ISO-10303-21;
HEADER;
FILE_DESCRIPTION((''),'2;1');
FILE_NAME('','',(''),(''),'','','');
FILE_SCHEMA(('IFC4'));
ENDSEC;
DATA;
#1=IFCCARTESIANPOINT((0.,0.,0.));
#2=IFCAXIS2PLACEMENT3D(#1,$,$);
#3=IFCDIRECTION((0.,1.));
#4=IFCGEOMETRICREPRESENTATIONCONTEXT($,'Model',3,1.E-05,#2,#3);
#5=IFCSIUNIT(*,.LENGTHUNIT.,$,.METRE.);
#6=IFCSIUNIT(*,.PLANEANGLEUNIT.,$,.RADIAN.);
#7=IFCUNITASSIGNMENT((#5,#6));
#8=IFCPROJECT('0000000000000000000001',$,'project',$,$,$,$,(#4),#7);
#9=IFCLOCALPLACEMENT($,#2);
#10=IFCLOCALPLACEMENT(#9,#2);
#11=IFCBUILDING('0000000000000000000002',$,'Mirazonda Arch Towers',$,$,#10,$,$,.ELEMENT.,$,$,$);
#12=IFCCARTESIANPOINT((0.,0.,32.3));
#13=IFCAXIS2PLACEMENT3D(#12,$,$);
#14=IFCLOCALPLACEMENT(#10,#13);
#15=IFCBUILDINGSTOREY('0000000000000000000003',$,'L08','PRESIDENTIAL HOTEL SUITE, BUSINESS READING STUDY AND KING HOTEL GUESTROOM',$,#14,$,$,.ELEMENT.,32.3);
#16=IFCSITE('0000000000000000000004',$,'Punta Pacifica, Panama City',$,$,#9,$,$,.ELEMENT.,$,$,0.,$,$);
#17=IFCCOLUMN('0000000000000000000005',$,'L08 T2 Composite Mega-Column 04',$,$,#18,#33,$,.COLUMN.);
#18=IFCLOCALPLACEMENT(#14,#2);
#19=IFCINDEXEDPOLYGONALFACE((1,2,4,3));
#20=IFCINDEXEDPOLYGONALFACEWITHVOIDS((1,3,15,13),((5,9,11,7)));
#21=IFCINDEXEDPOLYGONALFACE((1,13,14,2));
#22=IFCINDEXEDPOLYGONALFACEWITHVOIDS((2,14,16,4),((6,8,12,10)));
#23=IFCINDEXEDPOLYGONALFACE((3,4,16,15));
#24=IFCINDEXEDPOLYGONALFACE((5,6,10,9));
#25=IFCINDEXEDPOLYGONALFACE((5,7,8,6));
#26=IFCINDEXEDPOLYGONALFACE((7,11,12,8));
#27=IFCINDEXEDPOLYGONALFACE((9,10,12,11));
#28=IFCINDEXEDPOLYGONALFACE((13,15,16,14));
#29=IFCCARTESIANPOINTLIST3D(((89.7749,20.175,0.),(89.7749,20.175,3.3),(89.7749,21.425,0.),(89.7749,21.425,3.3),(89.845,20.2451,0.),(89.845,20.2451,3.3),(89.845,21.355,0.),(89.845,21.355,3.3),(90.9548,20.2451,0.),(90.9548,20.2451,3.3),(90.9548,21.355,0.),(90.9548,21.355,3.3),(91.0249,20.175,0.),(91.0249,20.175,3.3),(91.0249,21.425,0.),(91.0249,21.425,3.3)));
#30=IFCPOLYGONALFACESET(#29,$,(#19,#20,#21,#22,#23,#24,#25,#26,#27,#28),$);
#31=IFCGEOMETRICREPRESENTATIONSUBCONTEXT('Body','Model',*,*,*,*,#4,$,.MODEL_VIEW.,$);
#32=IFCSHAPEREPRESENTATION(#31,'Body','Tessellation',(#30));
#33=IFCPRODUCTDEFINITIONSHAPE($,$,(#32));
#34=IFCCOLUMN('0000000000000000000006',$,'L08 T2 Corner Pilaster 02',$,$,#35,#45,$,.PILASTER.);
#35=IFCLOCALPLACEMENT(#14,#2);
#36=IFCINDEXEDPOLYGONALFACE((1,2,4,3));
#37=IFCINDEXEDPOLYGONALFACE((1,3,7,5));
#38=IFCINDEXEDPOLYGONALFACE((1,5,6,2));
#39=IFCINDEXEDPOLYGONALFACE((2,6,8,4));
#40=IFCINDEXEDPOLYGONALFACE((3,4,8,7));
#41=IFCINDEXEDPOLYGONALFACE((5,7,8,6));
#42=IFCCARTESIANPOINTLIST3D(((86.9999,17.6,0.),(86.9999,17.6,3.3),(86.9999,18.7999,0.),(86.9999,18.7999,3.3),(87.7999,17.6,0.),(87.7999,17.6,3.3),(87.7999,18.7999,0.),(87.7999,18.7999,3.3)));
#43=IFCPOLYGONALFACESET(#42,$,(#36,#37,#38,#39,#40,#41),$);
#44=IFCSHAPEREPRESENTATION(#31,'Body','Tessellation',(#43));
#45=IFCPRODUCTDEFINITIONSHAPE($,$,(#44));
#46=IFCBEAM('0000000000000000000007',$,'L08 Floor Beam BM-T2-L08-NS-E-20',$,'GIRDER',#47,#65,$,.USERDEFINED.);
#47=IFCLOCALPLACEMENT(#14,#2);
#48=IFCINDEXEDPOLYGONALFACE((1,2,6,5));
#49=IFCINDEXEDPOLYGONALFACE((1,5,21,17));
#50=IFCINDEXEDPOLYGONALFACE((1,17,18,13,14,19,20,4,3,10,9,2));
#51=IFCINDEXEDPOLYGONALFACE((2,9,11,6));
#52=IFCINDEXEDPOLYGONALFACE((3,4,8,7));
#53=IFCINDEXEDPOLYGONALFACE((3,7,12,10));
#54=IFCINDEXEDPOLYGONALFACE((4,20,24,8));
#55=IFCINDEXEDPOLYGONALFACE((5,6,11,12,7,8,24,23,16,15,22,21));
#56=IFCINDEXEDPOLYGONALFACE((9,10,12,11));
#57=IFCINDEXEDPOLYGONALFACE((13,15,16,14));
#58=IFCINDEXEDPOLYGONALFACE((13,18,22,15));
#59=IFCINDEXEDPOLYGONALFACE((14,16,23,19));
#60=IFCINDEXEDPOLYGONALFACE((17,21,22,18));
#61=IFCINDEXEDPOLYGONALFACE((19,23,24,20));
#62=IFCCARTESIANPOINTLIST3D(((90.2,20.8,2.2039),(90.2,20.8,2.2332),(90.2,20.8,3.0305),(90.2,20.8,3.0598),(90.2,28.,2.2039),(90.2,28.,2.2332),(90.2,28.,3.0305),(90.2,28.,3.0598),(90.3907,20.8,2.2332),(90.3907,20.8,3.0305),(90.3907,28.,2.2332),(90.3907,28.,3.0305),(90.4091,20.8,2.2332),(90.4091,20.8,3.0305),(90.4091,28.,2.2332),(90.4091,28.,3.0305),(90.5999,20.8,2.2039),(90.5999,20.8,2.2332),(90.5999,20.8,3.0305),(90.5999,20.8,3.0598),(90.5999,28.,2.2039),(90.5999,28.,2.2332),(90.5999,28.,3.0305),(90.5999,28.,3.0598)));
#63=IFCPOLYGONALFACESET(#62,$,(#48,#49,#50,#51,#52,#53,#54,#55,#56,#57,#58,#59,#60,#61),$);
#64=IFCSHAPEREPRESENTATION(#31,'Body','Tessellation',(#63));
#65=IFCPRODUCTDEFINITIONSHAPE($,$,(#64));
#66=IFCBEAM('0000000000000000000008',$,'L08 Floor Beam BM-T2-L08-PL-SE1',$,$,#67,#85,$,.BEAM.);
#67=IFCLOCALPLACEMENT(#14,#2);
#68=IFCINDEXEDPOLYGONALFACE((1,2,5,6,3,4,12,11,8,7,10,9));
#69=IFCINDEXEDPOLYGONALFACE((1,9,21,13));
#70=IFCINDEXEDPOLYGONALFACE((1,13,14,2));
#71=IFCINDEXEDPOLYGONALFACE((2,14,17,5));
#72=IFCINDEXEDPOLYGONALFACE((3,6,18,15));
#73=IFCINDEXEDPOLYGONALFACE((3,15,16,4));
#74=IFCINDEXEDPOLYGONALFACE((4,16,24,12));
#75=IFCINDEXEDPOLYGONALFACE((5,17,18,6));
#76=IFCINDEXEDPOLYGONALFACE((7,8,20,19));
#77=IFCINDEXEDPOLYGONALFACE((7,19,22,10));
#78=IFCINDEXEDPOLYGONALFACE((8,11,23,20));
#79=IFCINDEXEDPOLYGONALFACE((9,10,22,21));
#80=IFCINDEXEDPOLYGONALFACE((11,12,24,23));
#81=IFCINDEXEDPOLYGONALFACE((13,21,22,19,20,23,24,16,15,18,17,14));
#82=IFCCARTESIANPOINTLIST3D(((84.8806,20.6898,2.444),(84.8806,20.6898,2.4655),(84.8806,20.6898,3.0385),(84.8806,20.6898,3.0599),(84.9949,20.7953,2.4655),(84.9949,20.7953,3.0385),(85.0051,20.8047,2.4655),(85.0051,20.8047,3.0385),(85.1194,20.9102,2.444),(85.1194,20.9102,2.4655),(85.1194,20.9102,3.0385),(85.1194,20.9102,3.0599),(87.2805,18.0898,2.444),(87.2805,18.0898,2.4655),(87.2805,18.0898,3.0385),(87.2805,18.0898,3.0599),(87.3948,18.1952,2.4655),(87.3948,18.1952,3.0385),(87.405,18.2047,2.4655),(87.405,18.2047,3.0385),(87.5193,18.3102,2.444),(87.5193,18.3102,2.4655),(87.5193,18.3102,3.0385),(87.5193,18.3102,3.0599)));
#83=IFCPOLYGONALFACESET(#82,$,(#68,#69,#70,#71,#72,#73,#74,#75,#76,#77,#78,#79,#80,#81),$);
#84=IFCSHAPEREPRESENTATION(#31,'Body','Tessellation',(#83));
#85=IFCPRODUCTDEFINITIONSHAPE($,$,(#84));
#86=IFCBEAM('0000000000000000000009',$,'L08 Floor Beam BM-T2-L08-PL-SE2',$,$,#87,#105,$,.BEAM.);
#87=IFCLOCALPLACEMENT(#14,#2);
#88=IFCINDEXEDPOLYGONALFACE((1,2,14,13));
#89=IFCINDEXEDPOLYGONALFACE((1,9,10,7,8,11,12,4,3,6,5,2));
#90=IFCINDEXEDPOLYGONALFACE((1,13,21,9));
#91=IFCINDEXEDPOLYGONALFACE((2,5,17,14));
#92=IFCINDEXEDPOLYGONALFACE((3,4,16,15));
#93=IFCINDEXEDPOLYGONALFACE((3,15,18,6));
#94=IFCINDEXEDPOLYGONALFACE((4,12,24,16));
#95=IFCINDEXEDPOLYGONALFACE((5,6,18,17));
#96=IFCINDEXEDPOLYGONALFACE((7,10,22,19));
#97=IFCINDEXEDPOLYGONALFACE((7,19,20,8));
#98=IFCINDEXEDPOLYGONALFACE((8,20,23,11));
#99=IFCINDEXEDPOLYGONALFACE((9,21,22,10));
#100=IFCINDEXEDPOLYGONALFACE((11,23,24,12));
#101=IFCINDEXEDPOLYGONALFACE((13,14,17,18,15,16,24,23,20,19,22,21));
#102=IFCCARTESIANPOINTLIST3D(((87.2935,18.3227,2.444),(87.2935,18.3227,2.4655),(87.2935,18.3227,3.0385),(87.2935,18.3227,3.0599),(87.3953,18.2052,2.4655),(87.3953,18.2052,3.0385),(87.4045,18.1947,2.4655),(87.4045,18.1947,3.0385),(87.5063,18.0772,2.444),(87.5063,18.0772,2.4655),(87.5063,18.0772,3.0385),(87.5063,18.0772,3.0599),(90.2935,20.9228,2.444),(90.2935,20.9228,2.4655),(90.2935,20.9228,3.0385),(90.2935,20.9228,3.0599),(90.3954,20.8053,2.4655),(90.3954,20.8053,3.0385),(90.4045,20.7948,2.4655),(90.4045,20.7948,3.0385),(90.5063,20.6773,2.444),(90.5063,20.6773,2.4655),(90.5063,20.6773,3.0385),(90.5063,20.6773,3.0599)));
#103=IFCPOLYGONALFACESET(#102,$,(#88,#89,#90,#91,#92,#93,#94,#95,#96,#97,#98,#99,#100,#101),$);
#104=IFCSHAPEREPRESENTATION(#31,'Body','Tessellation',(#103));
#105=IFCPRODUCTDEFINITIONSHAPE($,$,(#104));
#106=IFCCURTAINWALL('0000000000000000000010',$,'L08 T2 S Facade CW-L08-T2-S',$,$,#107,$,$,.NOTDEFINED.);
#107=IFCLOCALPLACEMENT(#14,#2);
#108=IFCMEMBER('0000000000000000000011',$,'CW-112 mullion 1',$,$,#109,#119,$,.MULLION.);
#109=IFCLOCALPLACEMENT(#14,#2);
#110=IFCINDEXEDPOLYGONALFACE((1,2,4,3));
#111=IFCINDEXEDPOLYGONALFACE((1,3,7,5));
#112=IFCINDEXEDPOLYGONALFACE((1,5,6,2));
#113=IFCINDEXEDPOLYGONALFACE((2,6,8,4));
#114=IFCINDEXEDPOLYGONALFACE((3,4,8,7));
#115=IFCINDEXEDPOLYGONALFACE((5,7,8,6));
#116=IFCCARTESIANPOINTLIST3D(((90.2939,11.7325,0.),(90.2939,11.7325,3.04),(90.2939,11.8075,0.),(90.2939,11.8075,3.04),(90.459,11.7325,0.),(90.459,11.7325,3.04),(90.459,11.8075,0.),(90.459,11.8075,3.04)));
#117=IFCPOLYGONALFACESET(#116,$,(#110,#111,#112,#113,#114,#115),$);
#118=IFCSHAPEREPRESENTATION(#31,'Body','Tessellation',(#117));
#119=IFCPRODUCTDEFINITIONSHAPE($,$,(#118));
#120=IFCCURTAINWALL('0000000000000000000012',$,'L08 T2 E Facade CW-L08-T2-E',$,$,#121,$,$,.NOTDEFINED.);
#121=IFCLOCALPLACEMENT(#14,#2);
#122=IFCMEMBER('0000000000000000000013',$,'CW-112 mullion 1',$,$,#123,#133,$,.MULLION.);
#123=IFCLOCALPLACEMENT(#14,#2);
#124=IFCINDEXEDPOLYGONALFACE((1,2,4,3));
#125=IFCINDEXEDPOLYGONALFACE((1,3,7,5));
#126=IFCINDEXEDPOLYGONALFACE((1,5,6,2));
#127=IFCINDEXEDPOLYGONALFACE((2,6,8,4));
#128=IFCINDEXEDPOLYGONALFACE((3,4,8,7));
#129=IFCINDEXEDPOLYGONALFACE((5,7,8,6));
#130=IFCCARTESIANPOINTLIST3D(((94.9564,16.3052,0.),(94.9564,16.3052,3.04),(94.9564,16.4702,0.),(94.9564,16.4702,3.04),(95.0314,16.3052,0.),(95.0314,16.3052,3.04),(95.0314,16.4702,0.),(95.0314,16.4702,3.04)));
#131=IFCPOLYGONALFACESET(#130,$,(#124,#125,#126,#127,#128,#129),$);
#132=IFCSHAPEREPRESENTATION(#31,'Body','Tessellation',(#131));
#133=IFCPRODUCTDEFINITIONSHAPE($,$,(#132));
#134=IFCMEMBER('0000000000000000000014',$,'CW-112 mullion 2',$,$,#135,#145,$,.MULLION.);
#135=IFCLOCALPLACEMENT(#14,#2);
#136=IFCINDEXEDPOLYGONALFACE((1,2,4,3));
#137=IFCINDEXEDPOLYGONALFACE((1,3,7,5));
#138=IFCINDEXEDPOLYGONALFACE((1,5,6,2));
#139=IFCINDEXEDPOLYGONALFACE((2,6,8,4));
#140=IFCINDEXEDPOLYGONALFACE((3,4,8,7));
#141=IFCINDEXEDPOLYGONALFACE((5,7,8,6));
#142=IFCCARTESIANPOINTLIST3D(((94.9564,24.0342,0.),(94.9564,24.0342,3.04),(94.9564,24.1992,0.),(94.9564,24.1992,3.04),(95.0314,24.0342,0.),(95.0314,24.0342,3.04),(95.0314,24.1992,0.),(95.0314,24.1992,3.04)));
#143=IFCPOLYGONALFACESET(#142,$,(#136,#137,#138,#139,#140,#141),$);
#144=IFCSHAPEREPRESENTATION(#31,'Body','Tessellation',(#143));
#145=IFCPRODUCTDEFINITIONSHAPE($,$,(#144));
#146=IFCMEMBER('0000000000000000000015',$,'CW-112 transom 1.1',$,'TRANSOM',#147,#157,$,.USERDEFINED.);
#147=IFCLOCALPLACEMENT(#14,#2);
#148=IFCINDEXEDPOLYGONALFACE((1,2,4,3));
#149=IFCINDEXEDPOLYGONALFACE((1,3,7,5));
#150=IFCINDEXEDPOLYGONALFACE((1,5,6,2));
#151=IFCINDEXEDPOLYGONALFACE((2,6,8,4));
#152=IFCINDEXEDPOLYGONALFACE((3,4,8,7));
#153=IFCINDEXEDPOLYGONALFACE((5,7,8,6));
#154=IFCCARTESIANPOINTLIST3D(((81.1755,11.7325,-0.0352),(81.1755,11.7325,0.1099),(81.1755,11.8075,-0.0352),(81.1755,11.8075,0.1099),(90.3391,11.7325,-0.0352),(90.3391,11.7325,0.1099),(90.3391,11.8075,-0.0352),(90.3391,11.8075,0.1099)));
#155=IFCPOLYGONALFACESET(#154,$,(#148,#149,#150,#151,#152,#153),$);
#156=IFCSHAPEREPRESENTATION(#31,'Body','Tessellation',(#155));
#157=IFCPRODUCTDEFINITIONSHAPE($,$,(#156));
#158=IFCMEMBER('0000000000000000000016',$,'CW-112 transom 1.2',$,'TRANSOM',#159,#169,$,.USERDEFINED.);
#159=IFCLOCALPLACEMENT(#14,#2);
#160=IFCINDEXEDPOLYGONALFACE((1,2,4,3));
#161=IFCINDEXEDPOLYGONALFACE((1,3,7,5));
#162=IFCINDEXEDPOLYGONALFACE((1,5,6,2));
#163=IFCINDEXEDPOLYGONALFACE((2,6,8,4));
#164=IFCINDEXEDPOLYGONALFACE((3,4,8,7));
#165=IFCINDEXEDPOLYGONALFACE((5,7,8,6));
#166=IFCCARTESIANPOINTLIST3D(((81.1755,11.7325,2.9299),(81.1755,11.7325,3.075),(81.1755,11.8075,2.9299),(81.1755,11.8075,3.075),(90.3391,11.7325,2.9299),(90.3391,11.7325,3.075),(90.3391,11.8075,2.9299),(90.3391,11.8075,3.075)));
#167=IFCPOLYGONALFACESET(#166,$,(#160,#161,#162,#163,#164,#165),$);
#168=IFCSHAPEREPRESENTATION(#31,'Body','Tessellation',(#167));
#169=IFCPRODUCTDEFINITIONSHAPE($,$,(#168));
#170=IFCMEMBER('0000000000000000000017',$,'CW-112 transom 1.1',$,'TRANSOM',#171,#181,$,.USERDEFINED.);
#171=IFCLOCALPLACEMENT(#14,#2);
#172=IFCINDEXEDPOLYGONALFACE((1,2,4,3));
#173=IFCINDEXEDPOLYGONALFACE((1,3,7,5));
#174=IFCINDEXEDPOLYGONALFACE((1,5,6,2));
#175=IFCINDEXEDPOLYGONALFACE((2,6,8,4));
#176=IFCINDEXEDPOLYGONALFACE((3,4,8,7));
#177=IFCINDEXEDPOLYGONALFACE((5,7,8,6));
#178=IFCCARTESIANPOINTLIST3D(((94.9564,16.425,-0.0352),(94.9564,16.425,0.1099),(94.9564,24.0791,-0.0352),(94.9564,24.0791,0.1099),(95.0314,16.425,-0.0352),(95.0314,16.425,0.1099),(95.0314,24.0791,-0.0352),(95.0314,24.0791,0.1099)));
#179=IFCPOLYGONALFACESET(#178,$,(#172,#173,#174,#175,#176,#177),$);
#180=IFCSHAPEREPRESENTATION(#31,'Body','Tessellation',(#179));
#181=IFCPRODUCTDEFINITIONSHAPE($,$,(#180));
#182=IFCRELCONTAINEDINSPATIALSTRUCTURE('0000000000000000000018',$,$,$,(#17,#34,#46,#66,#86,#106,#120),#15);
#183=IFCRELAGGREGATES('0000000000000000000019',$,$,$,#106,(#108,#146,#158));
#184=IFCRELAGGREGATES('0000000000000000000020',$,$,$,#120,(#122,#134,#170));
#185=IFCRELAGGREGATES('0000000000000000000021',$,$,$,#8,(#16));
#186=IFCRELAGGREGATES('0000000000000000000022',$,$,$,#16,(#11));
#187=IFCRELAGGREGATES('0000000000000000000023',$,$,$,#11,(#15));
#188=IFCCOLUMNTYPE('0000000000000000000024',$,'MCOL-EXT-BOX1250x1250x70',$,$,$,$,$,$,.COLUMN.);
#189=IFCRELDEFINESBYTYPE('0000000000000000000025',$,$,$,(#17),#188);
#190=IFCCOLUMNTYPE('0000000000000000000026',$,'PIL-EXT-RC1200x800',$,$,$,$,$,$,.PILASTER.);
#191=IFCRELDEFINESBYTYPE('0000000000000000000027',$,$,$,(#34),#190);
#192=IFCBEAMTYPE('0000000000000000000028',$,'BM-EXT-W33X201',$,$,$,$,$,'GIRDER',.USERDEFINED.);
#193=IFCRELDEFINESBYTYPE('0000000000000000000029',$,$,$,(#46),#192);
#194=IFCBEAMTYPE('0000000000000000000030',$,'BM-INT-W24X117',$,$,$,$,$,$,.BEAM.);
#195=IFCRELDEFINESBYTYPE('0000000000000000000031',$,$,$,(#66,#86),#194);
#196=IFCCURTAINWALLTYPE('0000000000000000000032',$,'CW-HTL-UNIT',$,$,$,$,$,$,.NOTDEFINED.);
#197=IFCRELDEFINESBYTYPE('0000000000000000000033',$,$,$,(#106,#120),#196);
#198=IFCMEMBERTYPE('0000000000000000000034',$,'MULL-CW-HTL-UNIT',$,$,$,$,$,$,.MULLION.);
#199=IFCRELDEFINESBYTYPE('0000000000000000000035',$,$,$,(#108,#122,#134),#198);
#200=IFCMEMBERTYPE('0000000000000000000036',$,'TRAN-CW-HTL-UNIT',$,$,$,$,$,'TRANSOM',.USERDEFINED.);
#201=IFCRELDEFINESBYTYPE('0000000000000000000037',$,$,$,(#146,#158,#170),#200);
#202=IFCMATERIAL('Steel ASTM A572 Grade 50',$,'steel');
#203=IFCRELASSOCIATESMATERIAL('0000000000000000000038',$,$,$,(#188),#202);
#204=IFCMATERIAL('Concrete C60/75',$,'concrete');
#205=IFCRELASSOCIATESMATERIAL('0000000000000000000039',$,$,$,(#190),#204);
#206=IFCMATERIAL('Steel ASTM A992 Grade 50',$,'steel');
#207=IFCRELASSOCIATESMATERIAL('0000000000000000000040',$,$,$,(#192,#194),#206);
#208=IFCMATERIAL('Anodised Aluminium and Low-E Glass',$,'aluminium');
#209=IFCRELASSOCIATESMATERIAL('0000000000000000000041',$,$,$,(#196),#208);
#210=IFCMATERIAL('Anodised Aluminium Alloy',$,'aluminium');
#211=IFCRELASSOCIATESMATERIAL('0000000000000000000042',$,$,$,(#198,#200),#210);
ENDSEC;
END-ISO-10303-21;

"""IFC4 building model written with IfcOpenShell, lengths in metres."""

from ifc_helpers import new_model, si_unit, direction, frame, origin, origin_2d, place, context, subcontext, project, spatial, rectangle, hollow_rectangle, i_section, extrude, material, material_profile, profile_set, type_object, element, aggregate, save


model = new_model("IFC4")

# Units and contexts
model_context = context("Model", 3, precision=1e-05, world=origin(), true_north=direction((0.0, 1.0)))
body_context = subcontext(model_context, "Body", "Model", "MODEL_VIEW")
ifc_project = project(units=[si_unit("LENGTHUNIT", "METRE"), si_unit("PLANEANGLEUNIT", "RADIAN")], contexts=[model_context])

# Site, building, storey
site_placement = place(None, origin())
site = spatial("IfcSite", under=ifc_project, at=site_placement, Name="Punta Pacifica, Panama City", CompositionType="ELEMENT", RefElevation=0.0)
building_placement = place(site_placement, origin())
building = spatial("IfcBuilding", under=site, at=building_placement, Name="Mirazonda Arch Towers", CompositionType="ELEMENT")
storey_placement = place(building_placement, frame((0.0, 0.0, 32.3)))
storey = spatial("IfcBuildingStorey", under=building, at=storey_placement, Name="L08", Description="PRESIDENTIAL HOTEL SUITE, BUSINESS READING STUDY AND KING HOTEL GUESTROOM", CompositionType="ELEMENT", Elevation=32.3)

# Columns
ifc_material_1 = material(Name="Steel ASTM A572 Grade 50", Category="steel")
ifc_material_profile_1 = material_profile(ifc_material_1, hollow_rectangle(XDim=1.25, YDim=1.25, WallThickness=0.0701, at=origin_2d()), Name="BOX1250x1250x70")
ifc_profile_set_1 = profile_set([ifc_material_profile_1], Name="Steel ASTM A572 Grade 50")
column_type_1 = type_object("IfcColumnType", Name="MCOL-EXT-BOX1250x1250x70", PredefinedType="COLUMN", material=ifc_profile_set_1)
column_1_placement = place(storey_placement, frame((90.3999, 20.8, 0.0), z_axis=(0.0, 0.0, 1.0), x_axis=(1.0, 0.0, 0.0)))
element("IfcColumn", 1, at=column_1_placement, inside=storey, type_object=column_type_1, Name="L08 T2 Composite Mega-Column 04", PredefinedType="COLUMN", context=body_context, shape_type="SweptSolid", body=[
    extrude(hollow_rectangle(XDim=1.25, YDim=1.25, WallThickness=0.0701, at=origin_2d()), origin(), (0.0, 0.0, 1.0), 3.3),
])
ifc_material_2 = material(Name="Concrete C60/75", Category="concrete")
ifc_material_profile_2 = material_profile(ifc_material_2, rectangle(XDim=0.8, YDim=1.2, at=origin_2d()), Name="RC1200x800")
ifc_profile_set_2 = profile_set([ifc_material_profile_2], Name="Concrete C60/75")
column_type_2 = type_object("IfcColumnType", Name="PIL-EXT-RC1200x800", PredefinedType="PILASTER", material=ifc_profile_set_2)
column_2_placement = place(storey_placement, frame((87.3999, 18.2, 0.0), z_axis=(0.0, 0.0, 1.0), x_axis=(1.0, 0.0, 0.0)))
element("IfcColumn", 2, at=column_2_placement, inside=storey, type_object=column_type_2, Name="L08 T2 Corner Pilaster 02", PredefinedType="PILASTER", context=body_context, shape_type="SweptSolid", body=[
    extrude(rectangle(XDim=0.8, YDim=1.2, at=origin_2d()), origin(), (0.0, 0.0, 1.0), 3.3),
])

# Beams
ifc_material_3 = material(Name="Steel ASTM A992 Grade 50", Category="steel")
ifc_material_profile_3 = material_profile(ifc_material_3, i_section(OverallWidth=0.3999, OverallDepth=0.856, WebThickness=0.0183, FlangeThickness=0.0293, at=origin_2d()), Name="W33X201")
ifc_profile_set_3 = profile_set([ifc_material_profile_3], Name="Steel ASTM A992 Grade 50")
beam_type_1 = type_object("IfcBeamType", Name="BM-EXT-W33X201", ElementType="GIRDER", PredefinedType="USERDEFINED", material=ifc_profile_set_3)
beam_1_placement = place(storey_placement, frame((90.3999, 20.8, 2.6318), z_axis=(0.0, 1.0, 0.0), x_axis=(-1.0, 0.0, 0.0)))
element("IfcBeam", 3, at=beam_1_placement, inside=storey, type_object=beam_type_1, Name="L08 Floor Beam BM-T2-L08-NS-E-20", ObjectType="GIRDER", PredefinedType="USERDEFINED", context=body_context, shape_type="SweptSolid", body=[
    extrude(i_section(OverallWidth=0.3999, OverallDepth=0.856, WebThickness=0.0183, FlangeThickness=0.0293, at=origin_2d()), origin(), (0.0, 0.0, 1.0), 7.2),
])
ifc_material_profile_4 = material_profile(ifc_material_3, i_section(OverallWidth=0.325, OverallDepth=0.616, WebThickness=0.0139, FlangeThickness=0.0215, at=origin_2d()), Name="W24X117")
ifc_profile_set_4 = profile_set([ifc_material_profile_4], Name="Steel ASTM A992 Grade 50")
beam_type_2 = type_object("IfcBeamType", Name="BM-INT-W24X117", PredefinedType="BEAM", material=ifc_profile_set_4)
beam_2_placement = place(storey_placement, frame((87.3999, 18.2, 2.752), z_axis=(-0.678251, 0.73483, 0.0), x_axis=(-0.73483, -0.678251, 0.0)))
element("IfcBeam", 4, at=beam_2_placement, inside=storey, type_object=beam_type_2, Name="L08 Floor Beam BM-T2-L08-PL-SE1", PredefinedType="BEAM", context=body_context, shape_type="SweptSolid", body=[
    extrude(i_section(OverallWidth=0.325, OverallDepth=0.616, WebThickness=0.0139, FlangeThickness=0.0215, at=origin_2d()), origin(), (0.0, 0.0, 1.0), 3.5383),
])
beam_3_placement = place(storey_placement, frame((87.3999, 18.2, 2.752), z_axis=(0.755677, 0.654945, 0.0), x_axis=(-0.654945, 0.755677, 0.0)))
element("IfcBeam", 5, at=beam_3_placement, inside=storey, type_object=beam_type_2, Name="L08 Floor Beam BM-T2-L08-PL-SE2", PredefinedType="BEAM", context=body_context, shape_type="SweptSolid", body=[
    extrude(i_section(OverallWidth=0.325, OverallDepth=0.616, WebThickness=0.0139, FlangeThickness=0.0215, at=origin_2d()), origin(), (0.0, 0.0, 1.0), 3.97),
])

# Curtain wall, member
ifc_material_4 = material(Name="Anodised Aluminium and Low-E Glass", Category="aluminium")
curtain_wall_type = type_object("IfcCurtainWallType", Name="CW-HTL-UNIT", PredefinedType="NOTDEFINED", material=ifc_material_4)
curtain_wall_1_placement = place(storey_placement, origin())
curtain_wall_1 = element("IfcCurtainWall", 6, at=curtain_wall_1_placement, inside=storey, type_object=curtain_wall_type, Name="L08 T2 S Facade CW-L08-T2-S", PredefinedType="NOTDEFINED")
ifc_material_5 = material(Name="Anodised Aluminium Alloy", Category="aluminium")
ifc_material_profile_5 = material_profile(ifc_material_5, rectangle(XDim=0.075, YDim=0.165, at=origin_2d()), Name="ALU-MULL-75x165")
ifc_profile_set_5 = profile_set([ifc_material_profile_5], Name="Anodised Aluminium Alloy")
member_type_1 = type_object("IfcMemberType", Name="MULL-CW-HTL-UNIT", PredefinedType="MULLION", material=ifc_profile_set_5)
member_1_placement = place(storey_placement, frame((90.3765, 11.77, 0.0), z_axis=(0.0, 0.0, 1.0), x_axis=(0.0, -1.0, 0.0)))
member_1 = element("IfcMember", 7, at=member_1_placement, type_object=member_type_1, Name="CW-112 mullion 1", PredefinedType="MULLION", context=body_context, shape_type="SweptSolid", body=[
    extrude(rectangle(XDim=0.075, YDim=0.165, at=origin_2d()), origin(), (0.0, 0.0, 1.0), 3.04),
])

# Curtain wall, members
curtain_wall_2_placement = place(storey_placement, origin())
curtain_wall_2 = element("IfcCurtainWall", 8, at=curtain_wall_2_placement, inside=storey, type_object=curtain_wall_type, Name="L08 T2 E Facade CW-L08-T2-E", PredefinedType="NOTDEFINED")
member_2_placement = place(storey_placement, frame((94.9939, 16.3877, 0.0), z_axis=(0.0, 0.0, 1.0), x_axis=(-1.0, 0.0, 0.0)))
member_2 = element("IfcMember", 9, at=member_2_placement, type_object=member_type_1, Name="CW-112 mullion 1", PredefinedType="MULLION", context=body_context, shape_type="SweptSolid", body=[
    extrude(rectangle(XDim=0.075, YDim=0.165, at=origin_2d()), origin(), (0.0, 0.0, 1.0), 3.04),
])
member_3_placement = place(storey_placement, frame((94.9939, 24.1167, 0.0), z_axis=(0.0, 0.0, 1.0), x_axis=(-1.0, 0.0, 0.0)))
member_3 = element("IfcMember", 10, at=member_3_placement, type_object=member_type_1, Name="CW-112 mullion 2", PredefinedType="MULLION", context=body_context, shape_type="SweptSolid", body=[
    extrude(rectangle(XDim=0.075, YDim=0.165, at=origin_2d()), origin(), (0.0, 0.0, 1.0), 3.04),
])

# Members
ifc_material_profile_6 = material_profile(ifc_material_5, rectangle(XDim=0.075, YDim=0.145, at=origin_2d()), Name="ALU-TRAN-75x145")
ifc_profile_set_6 = profile_set([ifc_material_profile_6], Name="Anodised Aluminium Alloy")
member_type_2 = type_object("IfcMemberType", Name="TRAN-CW-HTL-UNIT", ElementType="TRANSOM", PredefinedType="USERDEFINED", material=ifc_profile_set_6)
member_4_placement = place(storey_placement, frame((90.3391, 11.77, 0.0374), z_axis=(-1.0, 0.0, 0.0), x_axis=(0.0, -1.0, 0.0)))
member_4 = element("IfcMember", 11, at=member_4_placement, type_object=member_type_2, Name="CW-112 transom 1.1", ObjectType="TRANSOM", PredefinedType="USERDEFINED", context=body_context, shape_type="SweptSolid", body=[
    extrude(rectangle(XDim=0.075, YDim=0.145, at=origin_2d()), origin(), (0.0, 0.0, 1.0), 9.1636),
])
member_5_placement = place(storey_placement, frame((90.3391, 11.77, 3.0024), z_axis=(-1.0, 0.0, 0.0), x_axis=(0.0, -1.0, 0.0)))
member_5 = element("IfcMember", 12, at=member_5_placement, type_object=member_type_2, Name="CW-112 transom 1.2", ObjectType="TRANSOM", PredefinedType="USERDEFINED", context=body_context, shape_type="SweptSolid", body=[
    extrude(rectangle(XDim=0.075, YDim=0.145, at=origin_2d()), origin(), (0.0, 0.0, 1.0), 9.1636),
])
aggregate(curtain_wall_1, [member_1, member_4, member_5])
member_6_placement = place(storey_placement, frame((94.9939, 16.425, 0.0374), z_axis=(0.0, 1.0, 0.0), x_axis=(-1.0, 0.0, 0.0)))
member_6 = element("IfcMember", 13, at=member_6_placement, type_object=member_type_2, Name="CW-112 transom 1.1", ObjectType="TRANSOM", PredefinedType="USERDEFINED", context=body_context, shape_type="SweptSolid", body=[
    extrude(rectangle(XDim=0.075, YDim=0.145, at=origin_2d()), origin(), (0.0, 0.0, 1.0), 7.6541),
])

aggregate(curtain_wall_2, [member_2, member_3, member_6])

save(model, "model.ifc")
